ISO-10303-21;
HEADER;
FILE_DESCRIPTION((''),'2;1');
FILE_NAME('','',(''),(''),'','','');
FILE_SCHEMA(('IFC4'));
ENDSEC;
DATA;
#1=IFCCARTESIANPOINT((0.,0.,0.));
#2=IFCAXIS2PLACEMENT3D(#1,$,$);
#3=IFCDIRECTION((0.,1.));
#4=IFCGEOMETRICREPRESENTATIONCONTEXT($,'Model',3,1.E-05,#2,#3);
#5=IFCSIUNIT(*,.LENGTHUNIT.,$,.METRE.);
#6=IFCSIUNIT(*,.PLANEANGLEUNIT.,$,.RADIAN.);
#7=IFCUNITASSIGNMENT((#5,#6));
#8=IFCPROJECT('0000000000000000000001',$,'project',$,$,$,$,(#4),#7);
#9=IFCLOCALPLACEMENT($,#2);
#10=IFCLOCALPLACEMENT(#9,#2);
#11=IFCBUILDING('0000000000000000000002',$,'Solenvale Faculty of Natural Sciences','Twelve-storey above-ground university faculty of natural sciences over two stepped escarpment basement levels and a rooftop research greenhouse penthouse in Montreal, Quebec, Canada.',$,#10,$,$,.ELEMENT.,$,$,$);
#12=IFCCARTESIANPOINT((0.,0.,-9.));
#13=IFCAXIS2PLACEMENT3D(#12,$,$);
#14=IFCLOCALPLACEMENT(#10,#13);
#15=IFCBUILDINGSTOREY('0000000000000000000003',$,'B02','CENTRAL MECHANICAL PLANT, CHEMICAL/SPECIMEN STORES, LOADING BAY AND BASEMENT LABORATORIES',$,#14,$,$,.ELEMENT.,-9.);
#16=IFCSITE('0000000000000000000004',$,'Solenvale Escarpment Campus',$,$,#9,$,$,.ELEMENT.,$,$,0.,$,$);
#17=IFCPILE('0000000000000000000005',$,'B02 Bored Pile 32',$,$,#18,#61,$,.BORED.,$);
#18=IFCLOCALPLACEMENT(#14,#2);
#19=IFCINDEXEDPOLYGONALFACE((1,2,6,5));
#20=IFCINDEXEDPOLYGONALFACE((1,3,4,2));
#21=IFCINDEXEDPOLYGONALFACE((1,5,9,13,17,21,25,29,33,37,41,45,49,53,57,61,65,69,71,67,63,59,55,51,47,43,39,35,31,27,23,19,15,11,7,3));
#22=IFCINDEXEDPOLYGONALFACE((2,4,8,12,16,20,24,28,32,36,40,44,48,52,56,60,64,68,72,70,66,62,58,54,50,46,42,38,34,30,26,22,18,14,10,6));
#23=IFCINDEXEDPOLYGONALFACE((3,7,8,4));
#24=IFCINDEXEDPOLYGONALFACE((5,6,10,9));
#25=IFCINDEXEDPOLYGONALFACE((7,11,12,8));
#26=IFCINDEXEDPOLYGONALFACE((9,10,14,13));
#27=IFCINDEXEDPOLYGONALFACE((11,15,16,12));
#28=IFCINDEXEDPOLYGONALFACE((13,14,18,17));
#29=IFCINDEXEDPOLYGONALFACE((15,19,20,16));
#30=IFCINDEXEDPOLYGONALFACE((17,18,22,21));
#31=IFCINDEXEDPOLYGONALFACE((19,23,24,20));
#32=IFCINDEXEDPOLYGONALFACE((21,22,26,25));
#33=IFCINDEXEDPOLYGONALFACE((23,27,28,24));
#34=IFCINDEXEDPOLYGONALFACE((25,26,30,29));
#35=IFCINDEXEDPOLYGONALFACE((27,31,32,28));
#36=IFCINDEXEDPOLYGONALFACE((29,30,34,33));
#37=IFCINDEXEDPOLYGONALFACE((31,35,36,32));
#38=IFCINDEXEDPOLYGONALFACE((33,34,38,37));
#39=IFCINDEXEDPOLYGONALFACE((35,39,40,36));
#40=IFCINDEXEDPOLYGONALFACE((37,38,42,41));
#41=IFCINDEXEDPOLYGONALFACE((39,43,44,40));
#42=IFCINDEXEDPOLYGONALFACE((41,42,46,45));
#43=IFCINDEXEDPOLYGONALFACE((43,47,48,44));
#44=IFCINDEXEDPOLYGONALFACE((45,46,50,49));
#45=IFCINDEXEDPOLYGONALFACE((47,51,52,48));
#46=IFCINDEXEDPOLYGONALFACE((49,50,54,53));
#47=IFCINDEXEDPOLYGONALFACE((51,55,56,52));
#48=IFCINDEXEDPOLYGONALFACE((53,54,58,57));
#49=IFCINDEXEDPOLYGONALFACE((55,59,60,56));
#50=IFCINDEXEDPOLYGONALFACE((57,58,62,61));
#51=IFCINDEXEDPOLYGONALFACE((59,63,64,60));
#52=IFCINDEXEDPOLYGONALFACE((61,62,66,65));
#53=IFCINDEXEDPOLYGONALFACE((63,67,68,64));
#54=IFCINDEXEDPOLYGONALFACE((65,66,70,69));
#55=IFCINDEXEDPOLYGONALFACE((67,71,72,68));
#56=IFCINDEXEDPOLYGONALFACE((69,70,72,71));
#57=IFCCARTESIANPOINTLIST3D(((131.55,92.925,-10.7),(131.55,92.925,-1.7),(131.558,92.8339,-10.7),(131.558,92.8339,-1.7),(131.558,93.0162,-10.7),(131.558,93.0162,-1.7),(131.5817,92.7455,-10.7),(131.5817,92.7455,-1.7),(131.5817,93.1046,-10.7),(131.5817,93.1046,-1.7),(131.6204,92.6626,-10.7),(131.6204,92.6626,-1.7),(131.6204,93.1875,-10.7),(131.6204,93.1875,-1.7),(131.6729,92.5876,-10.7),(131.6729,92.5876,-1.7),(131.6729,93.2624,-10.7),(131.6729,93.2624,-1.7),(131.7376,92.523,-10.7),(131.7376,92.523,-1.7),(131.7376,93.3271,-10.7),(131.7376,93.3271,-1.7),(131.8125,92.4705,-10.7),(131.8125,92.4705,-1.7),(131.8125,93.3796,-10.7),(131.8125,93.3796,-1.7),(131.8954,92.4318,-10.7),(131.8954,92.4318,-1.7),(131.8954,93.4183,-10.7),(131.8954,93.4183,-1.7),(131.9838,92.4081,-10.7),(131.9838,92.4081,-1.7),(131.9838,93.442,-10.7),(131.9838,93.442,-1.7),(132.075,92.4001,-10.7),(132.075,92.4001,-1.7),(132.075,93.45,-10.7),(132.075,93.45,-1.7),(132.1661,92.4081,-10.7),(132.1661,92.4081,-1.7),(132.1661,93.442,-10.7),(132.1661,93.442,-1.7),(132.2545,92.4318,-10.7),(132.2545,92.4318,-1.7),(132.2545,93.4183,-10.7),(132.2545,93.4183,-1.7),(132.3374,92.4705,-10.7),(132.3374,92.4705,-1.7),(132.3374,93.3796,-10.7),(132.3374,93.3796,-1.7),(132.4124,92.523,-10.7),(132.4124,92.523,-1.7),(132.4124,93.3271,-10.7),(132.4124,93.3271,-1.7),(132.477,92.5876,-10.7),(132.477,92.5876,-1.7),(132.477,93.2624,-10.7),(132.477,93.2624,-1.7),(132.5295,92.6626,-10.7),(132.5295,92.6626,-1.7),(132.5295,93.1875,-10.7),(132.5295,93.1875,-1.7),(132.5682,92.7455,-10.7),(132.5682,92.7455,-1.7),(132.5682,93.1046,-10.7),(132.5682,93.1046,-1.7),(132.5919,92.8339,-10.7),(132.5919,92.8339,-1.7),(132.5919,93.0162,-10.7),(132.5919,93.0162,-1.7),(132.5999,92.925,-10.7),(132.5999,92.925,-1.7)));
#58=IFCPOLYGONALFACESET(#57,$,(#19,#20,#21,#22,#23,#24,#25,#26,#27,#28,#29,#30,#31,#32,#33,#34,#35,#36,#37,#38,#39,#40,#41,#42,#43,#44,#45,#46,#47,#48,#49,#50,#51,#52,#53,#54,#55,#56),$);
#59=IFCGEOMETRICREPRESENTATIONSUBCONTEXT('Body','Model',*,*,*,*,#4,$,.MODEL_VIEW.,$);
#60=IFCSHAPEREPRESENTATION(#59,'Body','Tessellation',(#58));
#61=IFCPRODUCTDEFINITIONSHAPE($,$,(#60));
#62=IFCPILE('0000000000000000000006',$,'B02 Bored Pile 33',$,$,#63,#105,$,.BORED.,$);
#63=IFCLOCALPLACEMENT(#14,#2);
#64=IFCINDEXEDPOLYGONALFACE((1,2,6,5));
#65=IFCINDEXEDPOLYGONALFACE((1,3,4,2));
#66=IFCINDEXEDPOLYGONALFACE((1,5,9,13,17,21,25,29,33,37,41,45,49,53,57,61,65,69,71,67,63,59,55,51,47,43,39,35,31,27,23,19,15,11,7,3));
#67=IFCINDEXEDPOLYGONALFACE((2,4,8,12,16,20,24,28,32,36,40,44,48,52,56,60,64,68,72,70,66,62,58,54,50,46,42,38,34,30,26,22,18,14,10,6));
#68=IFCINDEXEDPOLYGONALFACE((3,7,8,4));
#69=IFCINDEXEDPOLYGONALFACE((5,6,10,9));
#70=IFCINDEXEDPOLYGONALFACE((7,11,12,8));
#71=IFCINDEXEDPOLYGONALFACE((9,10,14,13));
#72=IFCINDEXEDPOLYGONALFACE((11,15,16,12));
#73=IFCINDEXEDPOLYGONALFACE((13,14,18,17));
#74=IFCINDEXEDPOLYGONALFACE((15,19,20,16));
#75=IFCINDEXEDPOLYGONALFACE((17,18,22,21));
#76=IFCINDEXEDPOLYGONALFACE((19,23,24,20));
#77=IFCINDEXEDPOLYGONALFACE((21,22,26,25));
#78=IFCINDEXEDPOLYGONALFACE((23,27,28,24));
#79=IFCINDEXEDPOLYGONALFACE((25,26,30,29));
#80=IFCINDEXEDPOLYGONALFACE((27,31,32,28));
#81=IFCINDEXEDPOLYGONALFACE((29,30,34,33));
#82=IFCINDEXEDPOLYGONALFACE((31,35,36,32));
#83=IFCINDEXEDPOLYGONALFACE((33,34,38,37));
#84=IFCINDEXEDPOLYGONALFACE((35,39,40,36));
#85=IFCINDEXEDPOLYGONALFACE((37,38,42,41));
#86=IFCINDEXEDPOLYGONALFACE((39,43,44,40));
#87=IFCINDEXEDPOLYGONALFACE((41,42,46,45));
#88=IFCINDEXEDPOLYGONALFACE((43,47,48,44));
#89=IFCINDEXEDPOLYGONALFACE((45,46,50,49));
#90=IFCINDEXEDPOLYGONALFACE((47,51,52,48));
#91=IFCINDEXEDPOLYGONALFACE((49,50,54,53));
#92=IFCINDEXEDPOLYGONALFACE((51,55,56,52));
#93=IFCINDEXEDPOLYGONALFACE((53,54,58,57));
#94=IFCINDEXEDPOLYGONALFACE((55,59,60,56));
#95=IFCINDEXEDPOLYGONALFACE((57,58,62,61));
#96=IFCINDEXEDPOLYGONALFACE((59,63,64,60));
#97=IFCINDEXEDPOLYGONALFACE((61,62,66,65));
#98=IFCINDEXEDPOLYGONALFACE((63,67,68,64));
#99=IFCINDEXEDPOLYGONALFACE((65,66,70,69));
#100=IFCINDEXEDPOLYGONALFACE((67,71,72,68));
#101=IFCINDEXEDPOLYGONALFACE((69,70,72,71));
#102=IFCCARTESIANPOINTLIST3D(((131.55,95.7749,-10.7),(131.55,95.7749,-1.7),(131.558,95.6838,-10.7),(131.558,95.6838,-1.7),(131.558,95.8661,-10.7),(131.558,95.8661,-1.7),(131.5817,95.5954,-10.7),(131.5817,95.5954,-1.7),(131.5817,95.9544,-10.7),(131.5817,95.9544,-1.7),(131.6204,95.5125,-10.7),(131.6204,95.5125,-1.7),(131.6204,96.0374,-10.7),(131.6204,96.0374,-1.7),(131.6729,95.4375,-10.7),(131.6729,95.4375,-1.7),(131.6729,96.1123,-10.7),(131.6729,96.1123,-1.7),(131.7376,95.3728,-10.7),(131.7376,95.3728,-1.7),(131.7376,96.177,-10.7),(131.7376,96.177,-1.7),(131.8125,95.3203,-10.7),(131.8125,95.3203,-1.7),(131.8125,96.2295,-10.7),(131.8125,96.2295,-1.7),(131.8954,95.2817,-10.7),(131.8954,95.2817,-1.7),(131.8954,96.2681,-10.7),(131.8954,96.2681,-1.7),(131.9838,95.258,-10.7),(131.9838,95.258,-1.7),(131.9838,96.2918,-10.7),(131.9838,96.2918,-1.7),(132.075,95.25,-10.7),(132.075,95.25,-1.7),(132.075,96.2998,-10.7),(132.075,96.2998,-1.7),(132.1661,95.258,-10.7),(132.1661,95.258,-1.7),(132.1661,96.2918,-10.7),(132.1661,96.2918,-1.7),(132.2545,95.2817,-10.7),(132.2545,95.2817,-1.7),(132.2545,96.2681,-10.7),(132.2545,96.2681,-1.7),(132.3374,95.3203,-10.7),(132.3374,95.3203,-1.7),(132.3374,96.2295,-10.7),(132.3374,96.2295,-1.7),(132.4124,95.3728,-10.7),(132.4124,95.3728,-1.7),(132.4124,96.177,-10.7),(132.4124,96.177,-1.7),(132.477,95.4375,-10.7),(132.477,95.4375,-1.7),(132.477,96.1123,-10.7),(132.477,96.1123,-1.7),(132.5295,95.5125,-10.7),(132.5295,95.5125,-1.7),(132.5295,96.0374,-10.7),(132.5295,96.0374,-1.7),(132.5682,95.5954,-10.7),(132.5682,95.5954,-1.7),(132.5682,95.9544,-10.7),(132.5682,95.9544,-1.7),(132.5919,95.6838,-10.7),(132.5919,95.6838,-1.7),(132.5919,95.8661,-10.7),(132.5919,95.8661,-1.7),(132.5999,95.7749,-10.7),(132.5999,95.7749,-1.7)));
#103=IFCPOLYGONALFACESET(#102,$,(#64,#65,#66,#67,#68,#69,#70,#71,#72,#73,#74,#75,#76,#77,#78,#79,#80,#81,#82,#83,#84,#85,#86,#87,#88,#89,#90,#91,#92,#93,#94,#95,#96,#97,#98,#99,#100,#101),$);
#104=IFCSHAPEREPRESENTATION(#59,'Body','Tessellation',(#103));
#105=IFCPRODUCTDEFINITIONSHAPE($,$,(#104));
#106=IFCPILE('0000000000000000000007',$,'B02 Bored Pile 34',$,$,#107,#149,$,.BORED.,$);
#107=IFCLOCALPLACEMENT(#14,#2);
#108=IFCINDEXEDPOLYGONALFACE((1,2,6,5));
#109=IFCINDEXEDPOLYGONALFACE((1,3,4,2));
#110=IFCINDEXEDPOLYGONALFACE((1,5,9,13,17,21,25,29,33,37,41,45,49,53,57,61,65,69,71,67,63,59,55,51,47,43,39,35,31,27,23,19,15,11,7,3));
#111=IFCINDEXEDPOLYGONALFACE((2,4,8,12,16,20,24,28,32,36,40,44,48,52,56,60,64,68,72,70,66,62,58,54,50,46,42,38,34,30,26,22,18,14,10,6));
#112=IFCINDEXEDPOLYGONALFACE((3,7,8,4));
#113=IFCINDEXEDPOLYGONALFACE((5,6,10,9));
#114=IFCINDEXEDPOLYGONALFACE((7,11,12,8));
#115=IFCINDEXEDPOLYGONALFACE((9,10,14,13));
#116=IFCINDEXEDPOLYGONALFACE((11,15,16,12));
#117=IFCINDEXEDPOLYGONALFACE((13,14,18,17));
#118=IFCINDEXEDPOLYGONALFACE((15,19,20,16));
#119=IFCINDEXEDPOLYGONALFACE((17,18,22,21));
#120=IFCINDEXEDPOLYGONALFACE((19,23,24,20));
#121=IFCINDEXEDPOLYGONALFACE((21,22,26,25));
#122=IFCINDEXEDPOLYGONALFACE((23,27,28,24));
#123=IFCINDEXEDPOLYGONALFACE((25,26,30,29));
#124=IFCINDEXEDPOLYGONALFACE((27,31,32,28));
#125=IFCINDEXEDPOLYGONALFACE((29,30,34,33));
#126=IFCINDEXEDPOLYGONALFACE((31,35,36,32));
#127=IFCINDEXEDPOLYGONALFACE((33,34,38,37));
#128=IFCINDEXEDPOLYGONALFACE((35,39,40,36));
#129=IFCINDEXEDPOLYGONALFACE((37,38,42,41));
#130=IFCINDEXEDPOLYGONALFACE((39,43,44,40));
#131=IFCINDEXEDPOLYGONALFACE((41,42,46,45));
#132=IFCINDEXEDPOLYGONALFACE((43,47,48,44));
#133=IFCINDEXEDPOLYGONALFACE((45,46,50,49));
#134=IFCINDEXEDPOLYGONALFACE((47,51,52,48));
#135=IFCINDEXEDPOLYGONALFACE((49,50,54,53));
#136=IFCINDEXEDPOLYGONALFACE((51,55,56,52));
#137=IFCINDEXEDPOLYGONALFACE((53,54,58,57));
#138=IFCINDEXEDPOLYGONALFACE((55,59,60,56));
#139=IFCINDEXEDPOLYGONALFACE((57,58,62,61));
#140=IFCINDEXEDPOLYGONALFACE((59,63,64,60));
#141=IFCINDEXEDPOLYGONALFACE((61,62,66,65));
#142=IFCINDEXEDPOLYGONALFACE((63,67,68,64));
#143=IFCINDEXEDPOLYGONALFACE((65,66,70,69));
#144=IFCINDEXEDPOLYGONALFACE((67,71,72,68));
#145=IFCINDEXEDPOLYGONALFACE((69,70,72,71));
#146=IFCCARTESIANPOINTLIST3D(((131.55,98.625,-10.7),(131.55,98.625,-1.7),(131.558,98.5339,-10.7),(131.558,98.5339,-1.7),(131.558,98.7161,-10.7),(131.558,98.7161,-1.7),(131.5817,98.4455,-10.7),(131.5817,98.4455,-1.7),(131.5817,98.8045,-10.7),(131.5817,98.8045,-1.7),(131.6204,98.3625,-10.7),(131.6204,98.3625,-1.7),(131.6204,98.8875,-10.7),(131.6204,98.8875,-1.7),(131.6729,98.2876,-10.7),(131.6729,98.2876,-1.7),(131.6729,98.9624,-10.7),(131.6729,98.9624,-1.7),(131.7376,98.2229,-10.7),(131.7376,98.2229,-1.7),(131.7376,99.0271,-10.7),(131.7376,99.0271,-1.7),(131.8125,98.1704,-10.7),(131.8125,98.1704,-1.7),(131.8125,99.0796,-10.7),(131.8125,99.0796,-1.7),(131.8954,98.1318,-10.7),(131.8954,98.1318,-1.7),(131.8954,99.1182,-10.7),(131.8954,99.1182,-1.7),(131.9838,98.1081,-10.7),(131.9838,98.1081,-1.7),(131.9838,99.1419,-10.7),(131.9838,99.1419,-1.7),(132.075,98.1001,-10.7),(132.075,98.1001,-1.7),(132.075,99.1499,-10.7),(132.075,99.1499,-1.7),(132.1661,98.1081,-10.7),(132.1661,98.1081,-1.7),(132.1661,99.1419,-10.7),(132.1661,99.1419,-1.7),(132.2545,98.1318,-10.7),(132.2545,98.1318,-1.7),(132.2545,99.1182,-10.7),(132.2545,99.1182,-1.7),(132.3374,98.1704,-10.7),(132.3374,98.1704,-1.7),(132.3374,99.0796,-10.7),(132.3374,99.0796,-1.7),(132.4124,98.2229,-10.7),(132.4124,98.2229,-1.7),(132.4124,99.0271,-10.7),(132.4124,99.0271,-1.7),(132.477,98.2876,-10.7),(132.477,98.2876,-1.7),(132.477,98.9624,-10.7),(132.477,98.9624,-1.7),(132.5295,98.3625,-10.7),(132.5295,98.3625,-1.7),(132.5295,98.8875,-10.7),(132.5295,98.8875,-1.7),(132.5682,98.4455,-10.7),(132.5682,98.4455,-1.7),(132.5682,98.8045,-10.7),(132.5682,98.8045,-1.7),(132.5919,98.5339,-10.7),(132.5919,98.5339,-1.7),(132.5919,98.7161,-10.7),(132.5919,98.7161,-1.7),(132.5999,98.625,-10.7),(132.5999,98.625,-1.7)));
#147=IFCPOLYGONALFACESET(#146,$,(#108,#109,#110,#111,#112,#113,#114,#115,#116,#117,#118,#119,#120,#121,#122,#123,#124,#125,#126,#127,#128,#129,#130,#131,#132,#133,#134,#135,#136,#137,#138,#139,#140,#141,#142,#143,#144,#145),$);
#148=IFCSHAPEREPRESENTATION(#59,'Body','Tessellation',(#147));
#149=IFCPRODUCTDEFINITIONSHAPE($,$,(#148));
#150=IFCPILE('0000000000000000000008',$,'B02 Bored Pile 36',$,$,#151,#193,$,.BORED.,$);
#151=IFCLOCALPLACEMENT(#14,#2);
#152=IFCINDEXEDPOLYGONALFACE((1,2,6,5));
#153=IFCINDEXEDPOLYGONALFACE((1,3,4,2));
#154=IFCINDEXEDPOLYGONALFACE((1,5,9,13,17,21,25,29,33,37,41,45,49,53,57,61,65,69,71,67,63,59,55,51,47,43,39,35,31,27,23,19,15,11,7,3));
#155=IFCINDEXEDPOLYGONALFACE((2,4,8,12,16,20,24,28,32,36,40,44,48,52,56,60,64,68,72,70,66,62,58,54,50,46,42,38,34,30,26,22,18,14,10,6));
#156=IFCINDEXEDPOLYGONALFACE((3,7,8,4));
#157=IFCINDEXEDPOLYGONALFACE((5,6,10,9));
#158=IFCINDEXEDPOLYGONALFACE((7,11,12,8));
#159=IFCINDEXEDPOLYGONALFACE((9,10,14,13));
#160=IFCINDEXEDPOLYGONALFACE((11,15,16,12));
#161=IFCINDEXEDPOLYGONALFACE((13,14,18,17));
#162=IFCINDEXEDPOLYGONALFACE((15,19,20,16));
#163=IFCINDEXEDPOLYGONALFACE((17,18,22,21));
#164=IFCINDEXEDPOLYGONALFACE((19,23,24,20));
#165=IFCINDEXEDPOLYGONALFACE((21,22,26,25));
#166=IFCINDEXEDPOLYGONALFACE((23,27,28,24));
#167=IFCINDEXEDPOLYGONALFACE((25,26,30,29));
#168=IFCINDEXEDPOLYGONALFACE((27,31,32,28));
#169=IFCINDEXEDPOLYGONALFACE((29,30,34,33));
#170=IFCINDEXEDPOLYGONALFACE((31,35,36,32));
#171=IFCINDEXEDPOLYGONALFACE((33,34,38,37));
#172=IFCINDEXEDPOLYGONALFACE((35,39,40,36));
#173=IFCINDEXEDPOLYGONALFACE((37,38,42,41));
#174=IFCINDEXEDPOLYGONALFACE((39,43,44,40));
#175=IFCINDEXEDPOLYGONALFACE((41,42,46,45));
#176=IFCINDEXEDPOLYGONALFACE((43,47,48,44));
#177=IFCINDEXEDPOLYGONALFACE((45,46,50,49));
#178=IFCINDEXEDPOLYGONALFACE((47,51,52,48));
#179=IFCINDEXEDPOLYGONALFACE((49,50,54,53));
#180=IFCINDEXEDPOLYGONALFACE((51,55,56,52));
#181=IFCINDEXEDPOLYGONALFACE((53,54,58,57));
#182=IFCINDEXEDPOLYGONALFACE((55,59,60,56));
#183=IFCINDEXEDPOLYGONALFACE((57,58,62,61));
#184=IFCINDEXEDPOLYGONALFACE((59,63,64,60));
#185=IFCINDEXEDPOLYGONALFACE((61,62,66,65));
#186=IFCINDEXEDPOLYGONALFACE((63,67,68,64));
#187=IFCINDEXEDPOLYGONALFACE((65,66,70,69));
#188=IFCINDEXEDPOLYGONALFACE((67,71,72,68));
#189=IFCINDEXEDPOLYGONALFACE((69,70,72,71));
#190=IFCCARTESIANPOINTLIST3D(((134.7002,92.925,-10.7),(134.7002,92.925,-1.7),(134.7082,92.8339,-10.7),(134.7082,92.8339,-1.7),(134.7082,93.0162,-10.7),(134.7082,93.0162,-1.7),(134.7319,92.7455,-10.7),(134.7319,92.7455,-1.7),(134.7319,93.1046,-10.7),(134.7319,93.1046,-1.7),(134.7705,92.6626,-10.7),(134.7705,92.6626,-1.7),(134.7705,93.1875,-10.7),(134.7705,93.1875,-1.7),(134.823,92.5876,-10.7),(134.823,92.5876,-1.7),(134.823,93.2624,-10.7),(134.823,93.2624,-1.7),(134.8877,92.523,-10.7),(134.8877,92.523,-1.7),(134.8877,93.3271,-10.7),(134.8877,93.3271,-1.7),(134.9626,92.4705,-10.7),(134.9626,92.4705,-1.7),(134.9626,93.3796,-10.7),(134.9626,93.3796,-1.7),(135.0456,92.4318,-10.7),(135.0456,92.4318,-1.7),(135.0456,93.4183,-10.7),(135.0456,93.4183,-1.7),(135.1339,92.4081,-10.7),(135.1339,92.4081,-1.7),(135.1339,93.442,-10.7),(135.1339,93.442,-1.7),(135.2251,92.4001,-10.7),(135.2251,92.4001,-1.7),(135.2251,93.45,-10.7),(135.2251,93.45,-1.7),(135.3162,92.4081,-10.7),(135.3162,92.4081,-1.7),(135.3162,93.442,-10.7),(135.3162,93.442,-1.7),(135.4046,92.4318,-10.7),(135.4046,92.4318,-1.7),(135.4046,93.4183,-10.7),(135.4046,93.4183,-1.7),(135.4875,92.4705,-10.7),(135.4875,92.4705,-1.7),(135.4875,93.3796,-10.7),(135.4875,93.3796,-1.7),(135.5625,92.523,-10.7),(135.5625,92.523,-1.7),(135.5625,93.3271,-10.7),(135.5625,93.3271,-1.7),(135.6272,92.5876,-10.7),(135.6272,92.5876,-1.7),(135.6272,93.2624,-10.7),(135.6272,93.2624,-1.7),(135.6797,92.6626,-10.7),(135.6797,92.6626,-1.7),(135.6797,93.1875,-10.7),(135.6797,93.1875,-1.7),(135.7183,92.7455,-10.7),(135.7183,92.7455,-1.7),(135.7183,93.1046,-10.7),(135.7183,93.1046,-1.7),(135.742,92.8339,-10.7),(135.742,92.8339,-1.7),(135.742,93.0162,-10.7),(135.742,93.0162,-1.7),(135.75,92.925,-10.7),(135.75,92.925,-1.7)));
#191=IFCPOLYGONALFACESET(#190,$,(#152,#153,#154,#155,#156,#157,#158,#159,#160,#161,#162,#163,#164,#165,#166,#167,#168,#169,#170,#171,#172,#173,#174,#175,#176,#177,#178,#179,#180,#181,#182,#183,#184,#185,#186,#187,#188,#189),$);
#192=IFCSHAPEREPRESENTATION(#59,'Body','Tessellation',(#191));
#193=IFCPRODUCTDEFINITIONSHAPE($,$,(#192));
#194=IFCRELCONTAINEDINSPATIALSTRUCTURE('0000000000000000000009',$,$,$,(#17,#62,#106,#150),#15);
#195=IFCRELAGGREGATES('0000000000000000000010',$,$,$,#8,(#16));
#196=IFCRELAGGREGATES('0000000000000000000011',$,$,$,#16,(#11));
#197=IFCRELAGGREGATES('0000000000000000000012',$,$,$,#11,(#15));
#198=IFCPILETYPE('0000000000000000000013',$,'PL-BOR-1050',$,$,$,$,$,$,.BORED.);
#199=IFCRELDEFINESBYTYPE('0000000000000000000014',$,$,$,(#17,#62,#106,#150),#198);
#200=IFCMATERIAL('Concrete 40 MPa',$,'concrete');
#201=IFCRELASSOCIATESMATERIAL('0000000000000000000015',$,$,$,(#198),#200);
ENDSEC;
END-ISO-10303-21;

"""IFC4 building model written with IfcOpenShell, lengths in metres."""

from ifc_helpers import new_model, si_unit, direction, frame, origin, origin_2d, place, context, subcontext, project, spatial, circle, extrude, material, material_profile, profile_set, type_object, element, save


model = new_model("IFC4")

# Units and contexts
model_context = context("Model", 3, precision=1e-05, world=origin(), true_north=direction((0.0, 1.0)))
body_context = subcontext(model_context, "Body", "Model", "MODEL_VIEW")
ifc_project = project(units=[si_unit("LENGTHUNIT", "METRE"), si_unit("PLANEANGLEUNIT", "RADIAN")], contexts=[model_context])

# Site, building, storey
site_placement = place(None, origin())
site = spatial("IfcSite", under=ifc_project, at=site_placement, Name="Solenvale Escarpment Campus", CompositionType="ELEMENT", RefElevation=0.0)
building_placement = place(site_placement, origin())
building = spatial("IfcBuilding", under=site, at=building_placement, Name="Solenvale Faculty of Natural Sciences", Description="Twelve-storey above-ground university faculty of natural sciences over two stepped escarpment basement levels and a rooftop research greenhouse penthouse in Montreal, Quebec, Canada.", CompositionType="ELEMENT")
storey_placement = place(building_placement, frame((0.0, 0.0, -9.0)))
storey = spatial("IfcBuildingStorey", under=building, at=storey_placement, Name="B02", Description="CENTRAL MECHANICAL PLANT, CHEMICAL/SPECIMEN STORES, LOADING BAY AND BASEMENT LABORATORIES", CompositionType="ELEMENT", Elevation=-9.0)

# Piles
ifc_material_1 = material(Name="Concrete 40 MPa", Category="concrete")
ifc_material_profile_1 = material_profile(ifc_material_1, circle(Radius=0.5249, at=origin_2d()), Name="PILE-D1050")
ifc_profile_set_1 = profile_set([ifc_material_profile_1], Name="Concrete 40 MPa")
pile_type = type_object("IfcPileType", Name="PL-BOR-1050", PredefinedType="BORED", material=ifc_profile_set_1)
for number, where, z_axis, x_axis, name in (
    (1, (132.075, 92.925, -1.7), (0.0, 0.0, -1.0), (1.0, 0.0, 0.0), "B02 Bored Pile 32"),
    (2, (132.075, 95.7749, -1.7), (0.0, 0.0, -1.0), (1.0, 0.0, 0.0), "B02 Bored Pile 33"),
    (3, (132.075, 98.625, -1.7), (0.0, 0.0, -1.0), (1.0, 0.0, 0.0), "B02 Bored Pile 34"),
    (4, (135.2251, 92.925, -1.7), (0.0, 0.0, -1.0), (1.0, 0.0, 0.0), "B02 Bored Pile 36"),
):
    element("IfcPile", number, at=place(storey_placement, frame(where, z_axis=z_axis, x_axis=x_axis)), inside=storey, type_object=pile_type, Name=name, PredefinedType="BORED", context=body_context, shape_type="SweptSolid", body=[
        extrude(circle(Radius=0.5249, at=origin_2d()), origin(), (0.0, 0.0, 1.0), 9.0),
    ])

save(model, "model.ifc")
